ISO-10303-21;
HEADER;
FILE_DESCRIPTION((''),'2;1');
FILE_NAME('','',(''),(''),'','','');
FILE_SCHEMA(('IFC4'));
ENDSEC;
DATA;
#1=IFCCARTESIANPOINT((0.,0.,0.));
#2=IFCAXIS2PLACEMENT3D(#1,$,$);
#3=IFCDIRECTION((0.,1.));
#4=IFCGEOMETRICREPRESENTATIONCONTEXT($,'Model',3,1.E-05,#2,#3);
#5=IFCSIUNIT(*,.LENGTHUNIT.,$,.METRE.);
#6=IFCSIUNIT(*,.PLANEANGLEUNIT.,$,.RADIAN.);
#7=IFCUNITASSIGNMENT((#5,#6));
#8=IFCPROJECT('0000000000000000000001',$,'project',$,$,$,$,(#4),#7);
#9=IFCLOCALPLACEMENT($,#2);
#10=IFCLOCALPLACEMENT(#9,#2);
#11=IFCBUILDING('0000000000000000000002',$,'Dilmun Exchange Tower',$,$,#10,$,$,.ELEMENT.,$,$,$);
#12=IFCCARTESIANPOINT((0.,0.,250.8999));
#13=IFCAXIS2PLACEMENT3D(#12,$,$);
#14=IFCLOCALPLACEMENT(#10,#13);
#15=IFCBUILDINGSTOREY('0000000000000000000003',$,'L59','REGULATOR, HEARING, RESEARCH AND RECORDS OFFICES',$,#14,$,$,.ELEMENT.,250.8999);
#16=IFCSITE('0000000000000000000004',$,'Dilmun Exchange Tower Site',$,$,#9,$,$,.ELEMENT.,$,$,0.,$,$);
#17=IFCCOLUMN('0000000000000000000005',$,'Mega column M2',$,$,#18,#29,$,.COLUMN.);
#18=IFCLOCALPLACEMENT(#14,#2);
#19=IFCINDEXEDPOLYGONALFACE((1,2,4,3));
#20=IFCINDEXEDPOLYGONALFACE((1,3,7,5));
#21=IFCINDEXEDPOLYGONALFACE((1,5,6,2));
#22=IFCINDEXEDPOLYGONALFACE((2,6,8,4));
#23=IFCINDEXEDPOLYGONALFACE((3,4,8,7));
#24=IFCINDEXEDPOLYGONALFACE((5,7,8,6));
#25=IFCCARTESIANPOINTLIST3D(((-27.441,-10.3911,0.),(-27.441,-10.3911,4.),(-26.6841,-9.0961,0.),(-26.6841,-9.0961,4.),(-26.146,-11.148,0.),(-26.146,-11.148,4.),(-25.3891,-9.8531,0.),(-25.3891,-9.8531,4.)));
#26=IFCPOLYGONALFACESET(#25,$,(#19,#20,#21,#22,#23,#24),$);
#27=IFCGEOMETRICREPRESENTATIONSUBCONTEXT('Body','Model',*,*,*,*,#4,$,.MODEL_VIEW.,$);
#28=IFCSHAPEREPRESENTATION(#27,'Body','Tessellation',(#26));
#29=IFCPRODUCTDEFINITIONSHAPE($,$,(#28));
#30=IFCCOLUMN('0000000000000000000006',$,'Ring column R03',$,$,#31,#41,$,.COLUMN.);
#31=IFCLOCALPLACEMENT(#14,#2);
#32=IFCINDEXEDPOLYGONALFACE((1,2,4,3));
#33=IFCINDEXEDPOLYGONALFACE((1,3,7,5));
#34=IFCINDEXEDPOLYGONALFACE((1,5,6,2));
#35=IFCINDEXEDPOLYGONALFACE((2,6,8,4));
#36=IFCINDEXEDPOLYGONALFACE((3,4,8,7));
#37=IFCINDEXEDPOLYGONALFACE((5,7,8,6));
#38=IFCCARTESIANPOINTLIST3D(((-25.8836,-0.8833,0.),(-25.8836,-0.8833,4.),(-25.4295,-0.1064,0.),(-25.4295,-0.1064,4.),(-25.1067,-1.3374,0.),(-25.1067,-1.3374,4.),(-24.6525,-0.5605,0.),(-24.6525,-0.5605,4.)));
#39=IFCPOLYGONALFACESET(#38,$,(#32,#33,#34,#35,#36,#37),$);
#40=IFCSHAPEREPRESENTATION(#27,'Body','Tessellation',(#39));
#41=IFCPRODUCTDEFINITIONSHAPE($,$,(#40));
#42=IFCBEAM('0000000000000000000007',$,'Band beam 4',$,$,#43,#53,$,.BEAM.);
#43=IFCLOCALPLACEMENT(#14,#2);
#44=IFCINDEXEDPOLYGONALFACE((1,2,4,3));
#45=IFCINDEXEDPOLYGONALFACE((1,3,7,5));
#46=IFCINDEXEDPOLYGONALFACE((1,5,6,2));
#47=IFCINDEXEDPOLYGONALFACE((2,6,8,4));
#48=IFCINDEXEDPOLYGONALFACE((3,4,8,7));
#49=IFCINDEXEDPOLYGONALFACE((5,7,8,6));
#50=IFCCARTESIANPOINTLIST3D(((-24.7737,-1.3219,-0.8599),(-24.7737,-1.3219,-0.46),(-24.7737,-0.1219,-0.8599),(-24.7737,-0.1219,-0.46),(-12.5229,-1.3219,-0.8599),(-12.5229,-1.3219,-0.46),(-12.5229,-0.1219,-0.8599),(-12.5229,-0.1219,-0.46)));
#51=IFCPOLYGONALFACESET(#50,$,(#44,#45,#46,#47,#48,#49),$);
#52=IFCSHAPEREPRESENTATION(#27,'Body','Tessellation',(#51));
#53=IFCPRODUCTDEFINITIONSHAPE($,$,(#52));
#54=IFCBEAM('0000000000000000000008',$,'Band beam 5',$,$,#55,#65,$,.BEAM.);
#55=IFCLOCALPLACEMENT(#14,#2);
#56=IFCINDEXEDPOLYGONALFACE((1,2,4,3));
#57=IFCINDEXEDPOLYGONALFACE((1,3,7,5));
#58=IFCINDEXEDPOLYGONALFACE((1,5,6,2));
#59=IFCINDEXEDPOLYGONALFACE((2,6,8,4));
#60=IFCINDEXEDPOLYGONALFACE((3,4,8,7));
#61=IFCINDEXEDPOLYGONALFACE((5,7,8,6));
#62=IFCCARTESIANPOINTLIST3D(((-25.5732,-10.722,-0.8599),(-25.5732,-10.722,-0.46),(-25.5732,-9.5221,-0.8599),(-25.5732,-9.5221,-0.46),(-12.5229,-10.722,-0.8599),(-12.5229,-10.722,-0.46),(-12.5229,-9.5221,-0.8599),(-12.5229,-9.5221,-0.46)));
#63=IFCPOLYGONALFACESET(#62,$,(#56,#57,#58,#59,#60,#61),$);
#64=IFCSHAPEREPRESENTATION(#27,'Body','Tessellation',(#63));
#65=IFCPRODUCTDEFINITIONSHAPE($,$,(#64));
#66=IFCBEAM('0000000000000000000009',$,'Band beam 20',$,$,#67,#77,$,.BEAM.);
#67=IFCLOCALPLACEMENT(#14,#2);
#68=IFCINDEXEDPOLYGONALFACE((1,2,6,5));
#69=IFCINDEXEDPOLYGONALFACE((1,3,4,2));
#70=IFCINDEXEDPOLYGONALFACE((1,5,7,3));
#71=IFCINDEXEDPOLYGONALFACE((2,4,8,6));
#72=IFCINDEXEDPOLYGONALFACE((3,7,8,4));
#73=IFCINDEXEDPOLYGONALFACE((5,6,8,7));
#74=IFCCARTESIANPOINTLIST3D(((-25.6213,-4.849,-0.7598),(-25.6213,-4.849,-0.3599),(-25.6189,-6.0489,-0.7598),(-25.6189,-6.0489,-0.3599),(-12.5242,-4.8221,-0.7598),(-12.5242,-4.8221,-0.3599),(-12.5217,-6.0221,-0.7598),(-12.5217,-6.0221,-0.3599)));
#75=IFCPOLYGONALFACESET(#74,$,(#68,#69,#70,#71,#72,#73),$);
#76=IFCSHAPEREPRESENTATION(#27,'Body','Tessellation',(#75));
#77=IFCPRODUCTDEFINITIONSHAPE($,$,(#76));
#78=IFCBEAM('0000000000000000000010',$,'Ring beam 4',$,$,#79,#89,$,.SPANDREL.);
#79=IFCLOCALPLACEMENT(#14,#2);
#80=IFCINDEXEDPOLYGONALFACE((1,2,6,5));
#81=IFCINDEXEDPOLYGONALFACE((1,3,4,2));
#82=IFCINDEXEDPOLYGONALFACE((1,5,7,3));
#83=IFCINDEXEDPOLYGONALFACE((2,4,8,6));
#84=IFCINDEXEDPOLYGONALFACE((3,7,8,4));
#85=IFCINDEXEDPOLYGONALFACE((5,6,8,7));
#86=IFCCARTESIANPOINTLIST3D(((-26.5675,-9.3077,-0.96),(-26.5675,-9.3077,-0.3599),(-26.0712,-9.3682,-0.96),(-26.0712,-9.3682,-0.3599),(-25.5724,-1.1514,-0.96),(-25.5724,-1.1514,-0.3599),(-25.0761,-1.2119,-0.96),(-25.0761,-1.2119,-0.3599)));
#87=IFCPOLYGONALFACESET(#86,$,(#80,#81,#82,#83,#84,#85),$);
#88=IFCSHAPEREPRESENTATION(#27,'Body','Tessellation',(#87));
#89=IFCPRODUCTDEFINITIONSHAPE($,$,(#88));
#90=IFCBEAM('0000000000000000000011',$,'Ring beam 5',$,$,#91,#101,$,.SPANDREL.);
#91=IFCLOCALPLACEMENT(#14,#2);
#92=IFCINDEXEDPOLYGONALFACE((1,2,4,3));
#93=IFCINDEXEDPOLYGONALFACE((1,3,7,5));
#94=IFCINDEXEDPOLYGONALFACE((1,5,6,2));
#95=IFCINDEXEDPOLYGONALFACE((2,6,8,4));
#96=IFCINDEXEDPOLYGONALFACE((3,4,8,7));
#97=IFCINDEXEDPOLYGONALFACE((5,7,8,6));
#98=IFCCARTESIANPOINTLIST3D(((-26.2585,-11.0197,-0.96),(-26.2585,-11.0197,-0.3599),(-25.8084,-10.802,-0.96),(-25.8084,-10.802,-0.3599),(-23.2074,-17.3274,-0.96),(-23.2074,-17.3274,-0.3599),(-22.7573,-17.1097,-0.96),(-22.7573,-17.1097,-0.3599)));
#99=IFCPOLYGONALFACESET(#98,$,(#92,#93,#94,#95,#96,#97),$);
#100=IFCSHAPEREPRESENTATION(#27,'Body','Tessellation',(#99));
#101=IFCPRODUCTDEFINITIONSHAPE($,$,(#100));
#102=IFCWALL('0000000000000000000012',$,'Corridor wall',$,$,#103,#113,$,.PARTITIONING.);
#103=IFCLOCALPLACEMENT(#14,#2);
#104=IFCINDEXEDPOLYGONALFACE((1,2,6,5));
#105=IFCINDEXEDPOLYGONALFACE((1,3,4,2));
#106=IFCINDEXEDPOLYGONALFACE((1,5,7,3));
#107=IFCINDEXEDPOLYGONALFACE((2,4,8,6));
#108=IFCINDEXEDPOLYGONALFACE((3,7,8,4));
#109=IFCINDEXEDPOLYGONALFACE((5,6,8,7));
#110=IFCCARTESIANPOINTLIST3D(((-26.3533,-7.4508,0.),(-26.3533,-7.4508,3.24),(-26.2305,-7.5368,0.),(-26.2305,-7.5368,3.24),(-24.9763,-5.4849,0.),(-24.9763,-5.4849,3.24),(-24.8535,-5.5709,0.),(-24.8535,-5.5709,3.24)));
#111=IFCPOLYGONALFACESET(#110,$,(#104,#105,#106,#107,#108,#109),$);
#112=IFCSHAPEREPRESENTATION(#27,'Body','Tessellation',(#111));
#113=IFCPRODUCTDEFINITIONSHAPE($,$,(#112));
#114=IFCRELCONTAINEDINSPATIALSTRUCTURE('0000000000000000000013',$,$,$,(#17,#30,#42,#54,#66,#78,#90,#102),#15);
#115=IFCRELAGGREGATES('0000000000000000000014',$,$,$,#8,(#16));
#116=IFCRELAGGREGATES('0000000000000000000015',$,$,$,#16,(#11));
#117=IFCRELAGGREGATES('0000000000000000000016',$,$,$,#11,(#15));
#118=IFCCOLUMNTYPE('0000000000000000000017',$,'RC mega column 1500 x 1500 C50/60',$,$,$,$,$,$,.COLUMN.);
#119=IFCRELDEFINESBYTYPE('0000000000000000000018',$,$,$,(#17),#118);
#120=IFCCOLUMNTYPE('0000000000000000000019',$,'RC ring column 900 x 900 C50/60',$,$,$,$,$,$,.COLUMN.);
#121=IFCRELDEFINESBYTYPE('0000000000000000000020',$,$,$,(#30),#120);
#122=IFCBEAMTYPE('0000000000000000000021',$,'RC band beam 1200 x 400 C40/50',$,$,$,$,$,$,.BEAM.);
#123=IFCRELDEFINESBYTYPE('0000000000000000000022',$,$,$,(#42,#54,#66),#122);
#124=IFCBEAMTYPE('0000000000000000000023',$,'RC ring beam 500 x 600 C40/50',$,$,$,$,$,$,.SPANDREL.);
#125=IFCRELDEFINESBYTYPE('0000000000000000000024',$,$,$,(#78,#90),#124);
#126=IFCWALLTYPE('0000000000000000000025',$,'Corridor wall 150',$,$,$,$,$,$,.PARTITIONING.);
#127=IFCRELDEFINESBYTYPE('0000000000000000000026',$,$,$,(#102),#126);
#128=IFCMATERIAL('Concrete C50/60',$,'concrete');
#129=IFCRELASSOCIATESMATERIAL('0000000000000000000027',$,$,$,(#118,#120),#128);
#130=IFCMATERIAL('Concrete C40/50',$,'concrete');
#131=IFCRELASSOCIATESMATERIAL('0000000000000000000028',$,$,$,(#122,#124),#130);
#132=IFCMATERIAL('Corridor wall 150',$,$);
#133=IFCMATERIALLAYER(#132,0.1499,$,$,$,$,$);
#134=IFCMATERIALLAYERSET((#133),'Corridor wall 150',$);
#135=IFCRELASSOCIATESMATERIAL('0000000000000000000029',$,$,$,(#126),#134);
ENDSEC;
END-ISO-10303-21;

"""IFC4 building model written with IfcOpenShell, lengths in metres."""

from ifc_helpers import new_model, si_unit, direction, frame, frame_2d, origin, origin_2d, place, context, subcontext, project, spatial, rectangle, extrude, material, layer, layer_set, material_profile, profile_set, type_object, element, save


model = new_model("IFC4")

# Units and contexts
model_context = context("Model", 3, precision=1e-05, world=origin(), true_north=direction((0.0, 1.0)))
body_context = subcontext(model_context, "Body", "Model", "MODEL_VIEW")
ifc_project = project(units=[si_unit("LENGTHUNIT", "METRE"), si_unit("PLANEANGLEUNIT", "RADIAN")], contexts=[model_context])

# Site, building, storey
site_placement = place(None, origin())
site = spatial("IfcSite", under=ifc_project, at=site_placement, Name="Dilmun Exchange Tower Site", CompositionType="ELEMENT", RefElevation=0.0)
building_placement = place(site_placement, origin())
building = spatial("IfcBuilding", under=site, at=building_placement, Name="Dilmun Exchange Tower", CompositionType="ELEMENT")
storey_placement = place(building_placement, frame((0.0, 0.0, 250.8999)))
storey = spatial("IfcBuildingStorey", under=building, at=storey_placement, Name="L59", Description="REGULATOR, HEARING, RESEARCH AND RECORDS OFFICES", CompositionType="ELEMENT", Elevation=250.8999)

# Columns
ifc_material_1 = material(Name="Concrete C50/60", Category="concrete")
ifc_material_profile_1 = material_profile(ifc_material_1, rectangle(XDim=1.5, YDim=1.5, at=origin_2d()), Name="1500 x 1500")
ifc_profile_set_1 = profile_set([ifc_material_profile_1], Name="Concrete C50/60")
column_type_1 = type_object("IfcColumnType", Name="RC mega column 1500 x 1500 C50/60", PredefinedType="COLUMN", material=ifc_profile_set_1)
column_1_placement = place(storey_placement, frame((-26.415, -10.1221, 0.0), z_axis=(0.0, 0.0, 1.0), x_axis=(0.504644, 0.863328, 0.0)))
element("IfcColumn", 1, at=column_1_placement, inside=storey, type_object=column_type_1, Name="Mega column M2", PredefinedType="COLUMN", context=body_context, shape_type="SweptSolid", body=[
    extrude(rectangle(XDim=1.5, YDim=1.5, at=origin_2d()), origin(), (0.0, 0.0, 1.0), 4.0),
])
ifc_material_profile_2 = material_profile(ifc_material_1, rectangle(XDim=0.8999, YDim=0.8999, at=origin_2d()), Name="900 x 900")
ifc_profile_set_2 = profile_set([ifc_material_profile_2], Name="Concrete C50/60")
column_type_2 = type_object("IfcColumnType", Name="RC ring column 900 x 900 C50/60", PredefinedType="COLUMN", material=ifc_profile_set_2)
column_2_placement = place(storey_placement, frame((-25.2681, -0.7219, 0.0), z_axis=(0.0, 0.0, 1.0), x_axis=(0.504644, 0.863328, 0.0)))
element("IfcColumn", 2, at=column_2_placement, inside=storey, type_object=column_type_2, Name="Ring column R03", PredefinedType="COLUMN", context=body_context, shape_type="SweptSolid", body=[
    extrude(rectangle(XDim=0.8999, YDim=0.8999, at=origin_2d()), origin(), (0.0, 0.0, 1.0), 4.0),
])

# Beams
ifc_material_2 = material(Name="Concrete C40/50", Category="concrete")
ifc_material_profile_3 = material_profile(ifc_material_2, rectangle(XDim=1.2, YDim=0.3999, at=origin_2d()), Name="1200 x 400")
ifc_profile_set_3 = profile_set([ifc_material_profile_3], Name="Concrete C40/50")
beam_type_1 = type_object("IfcBeamType", Name="RC band beam 1200 x 400 C40/50", PredefinedType="BEAM", material=ifc_profile_set_3)
beam_1_placement = place(storey_placement, frame((-24.7737, -0.7219, -0.6599), z_axis=(1.0, 0.0, 0.0), x_axis=(0.0, 1.0, 0.0)))
element("IfcBeam", 3, at=beam_1_placement, inside=storey, type_object=beam_type_1, Name="Band beam 4", PredefinedType="BEAM", context=body_context, shape_type="SweptSolid", body=[
    extrude(rectangle(XDim=1.2, YDim=0.3999, at=origin_2d()), origin(), (0.0, 0.0, 1.0), 12.2507),
])
beam_2_placement = place(storey_placement, frame((-25.5732, -10.1221, -0.6599), z_axis=(1.0, 0.0, 0.0), x_axis=(0.0, 1.0, 0.0)))
element("IfcBeam", 4, at=beam_2_placement, inside=storey, type_object=beam_type_1, Name="Band beam 5", PredefinedType="BEAM", context=body_context, shape_type="SweptSolid", body=[
    extrude(rectangle(XDim=1.2, YDim=0.3999, at=origin_2d()), origin(), (0.0, 0.0, 1.0), 13.0503),
])
beam_3_placement = place(storey_placement, frame((-25.6201, -5.449, -0.5598), z_axis=(0.999998, 0.00205, 0.0), x_axis=(-0.00205, 0.999998, 0.0)))
element("IfcBeam", 5, at=beam_3_placement, inside=storey, type_object=beam_type_1, Name="Band beam 20", PredefinedType="BEAM", context=body_context, shape_type="SweptSolid", body=[
    extrude(rectangle(XDim=1.2, YDim=0.3999, at=origin_2d()), origin(), (0.0, 0.0, 1.0), 13.0972),
])
ifc_material_profile_4 = material_profile(ifc_material_2, rectangle(XDim=0.5, YDim=0.6001, at=origin_2d()), Name="500 x 600")
ifc_profile_set_4 = profile_set([ifc_material_profile_4], Name="Concrete C40/50")
beam_type_2 = type_object("IfcBeamType", Name="RC ring beam 500 x 600 C40/50", PredefinedType="SPANDREL", material=ifc_profile_set_4)
beam_4_placement = place(storey_placement, frame((-25.3242, -1.1816, -0.6599), z_axis=(-0.121109, -0.992639, 0.0), x_axis=(0.992639, -0.121109, 0.0)))
element("IfcBeam", 6, at=beam_4_placement, inside=storey, type_object=beam_type_2, Name="Ring beam 4", PredefinedType="SPANDREL", context=body_context, shape_type="SweptSolid", body=[
    extrude(rectangle(XDim=0.5, YDim=0.6001, at=origin_2d()), origin(), (0.0, 0.0, 1.0), 8.2168),
])
beam_5_placement = place(storey_placement, frame((-26.0334, -10.9109, -0.6599), z_axis=(0.43544, -0.900218, 0.0), x_axis=(0.900218, 0.43544, 0.0)))
element("IfcBeam", 7, at=beam_5_placement, inside=storey, type_object=beam_type_2, Name="Ring beam 5", PredefinedType="SPANDREL", context=body_context, shape_type="SweptSolid", body=[
    extrude(rectangle(XDim=0.5, YDim=0.6001, at=origin_2d()), origin(), (0.0, 0.0, 1.0), 7.0068),
])

# Wall
ifc_material_3 = material(Name="Corridor wall 150")
ifc_layer_1 = layer(ifc_material_3, 0.1499)
ifc_layer_set_1 = layer_set([ifc_layer_1], Name="Corridor wall 150")
wall_type_1 = type_object("IfcWallType", Name="Corridor wall 150", PredefinedType="PARTITIONING", material=ifc_layer_set_1)
wall_1_placement = place(storey_placement, frame((-26.292, -7.4939, 0.0), z_axis=(0.0, 0.0, 1.0), x_axis=(0.573708, 0.81906, 0.0)))
element("IfcWall", 8, at=wall_1_placement, inside=storey, type_object=wall_type_1, Name="Corridor wall", PredefinedType="PARTITIONING", context=body_context, shape_type="SweptSolid", body=[
    extrude(rectangle(XDim=2.4001, YDim=0.1499, at=frame_2d((1.2002, 0.0))), origin(), (0.0, 0.0, 1.0), 3.24),
])

save(model, "model.ifc")
